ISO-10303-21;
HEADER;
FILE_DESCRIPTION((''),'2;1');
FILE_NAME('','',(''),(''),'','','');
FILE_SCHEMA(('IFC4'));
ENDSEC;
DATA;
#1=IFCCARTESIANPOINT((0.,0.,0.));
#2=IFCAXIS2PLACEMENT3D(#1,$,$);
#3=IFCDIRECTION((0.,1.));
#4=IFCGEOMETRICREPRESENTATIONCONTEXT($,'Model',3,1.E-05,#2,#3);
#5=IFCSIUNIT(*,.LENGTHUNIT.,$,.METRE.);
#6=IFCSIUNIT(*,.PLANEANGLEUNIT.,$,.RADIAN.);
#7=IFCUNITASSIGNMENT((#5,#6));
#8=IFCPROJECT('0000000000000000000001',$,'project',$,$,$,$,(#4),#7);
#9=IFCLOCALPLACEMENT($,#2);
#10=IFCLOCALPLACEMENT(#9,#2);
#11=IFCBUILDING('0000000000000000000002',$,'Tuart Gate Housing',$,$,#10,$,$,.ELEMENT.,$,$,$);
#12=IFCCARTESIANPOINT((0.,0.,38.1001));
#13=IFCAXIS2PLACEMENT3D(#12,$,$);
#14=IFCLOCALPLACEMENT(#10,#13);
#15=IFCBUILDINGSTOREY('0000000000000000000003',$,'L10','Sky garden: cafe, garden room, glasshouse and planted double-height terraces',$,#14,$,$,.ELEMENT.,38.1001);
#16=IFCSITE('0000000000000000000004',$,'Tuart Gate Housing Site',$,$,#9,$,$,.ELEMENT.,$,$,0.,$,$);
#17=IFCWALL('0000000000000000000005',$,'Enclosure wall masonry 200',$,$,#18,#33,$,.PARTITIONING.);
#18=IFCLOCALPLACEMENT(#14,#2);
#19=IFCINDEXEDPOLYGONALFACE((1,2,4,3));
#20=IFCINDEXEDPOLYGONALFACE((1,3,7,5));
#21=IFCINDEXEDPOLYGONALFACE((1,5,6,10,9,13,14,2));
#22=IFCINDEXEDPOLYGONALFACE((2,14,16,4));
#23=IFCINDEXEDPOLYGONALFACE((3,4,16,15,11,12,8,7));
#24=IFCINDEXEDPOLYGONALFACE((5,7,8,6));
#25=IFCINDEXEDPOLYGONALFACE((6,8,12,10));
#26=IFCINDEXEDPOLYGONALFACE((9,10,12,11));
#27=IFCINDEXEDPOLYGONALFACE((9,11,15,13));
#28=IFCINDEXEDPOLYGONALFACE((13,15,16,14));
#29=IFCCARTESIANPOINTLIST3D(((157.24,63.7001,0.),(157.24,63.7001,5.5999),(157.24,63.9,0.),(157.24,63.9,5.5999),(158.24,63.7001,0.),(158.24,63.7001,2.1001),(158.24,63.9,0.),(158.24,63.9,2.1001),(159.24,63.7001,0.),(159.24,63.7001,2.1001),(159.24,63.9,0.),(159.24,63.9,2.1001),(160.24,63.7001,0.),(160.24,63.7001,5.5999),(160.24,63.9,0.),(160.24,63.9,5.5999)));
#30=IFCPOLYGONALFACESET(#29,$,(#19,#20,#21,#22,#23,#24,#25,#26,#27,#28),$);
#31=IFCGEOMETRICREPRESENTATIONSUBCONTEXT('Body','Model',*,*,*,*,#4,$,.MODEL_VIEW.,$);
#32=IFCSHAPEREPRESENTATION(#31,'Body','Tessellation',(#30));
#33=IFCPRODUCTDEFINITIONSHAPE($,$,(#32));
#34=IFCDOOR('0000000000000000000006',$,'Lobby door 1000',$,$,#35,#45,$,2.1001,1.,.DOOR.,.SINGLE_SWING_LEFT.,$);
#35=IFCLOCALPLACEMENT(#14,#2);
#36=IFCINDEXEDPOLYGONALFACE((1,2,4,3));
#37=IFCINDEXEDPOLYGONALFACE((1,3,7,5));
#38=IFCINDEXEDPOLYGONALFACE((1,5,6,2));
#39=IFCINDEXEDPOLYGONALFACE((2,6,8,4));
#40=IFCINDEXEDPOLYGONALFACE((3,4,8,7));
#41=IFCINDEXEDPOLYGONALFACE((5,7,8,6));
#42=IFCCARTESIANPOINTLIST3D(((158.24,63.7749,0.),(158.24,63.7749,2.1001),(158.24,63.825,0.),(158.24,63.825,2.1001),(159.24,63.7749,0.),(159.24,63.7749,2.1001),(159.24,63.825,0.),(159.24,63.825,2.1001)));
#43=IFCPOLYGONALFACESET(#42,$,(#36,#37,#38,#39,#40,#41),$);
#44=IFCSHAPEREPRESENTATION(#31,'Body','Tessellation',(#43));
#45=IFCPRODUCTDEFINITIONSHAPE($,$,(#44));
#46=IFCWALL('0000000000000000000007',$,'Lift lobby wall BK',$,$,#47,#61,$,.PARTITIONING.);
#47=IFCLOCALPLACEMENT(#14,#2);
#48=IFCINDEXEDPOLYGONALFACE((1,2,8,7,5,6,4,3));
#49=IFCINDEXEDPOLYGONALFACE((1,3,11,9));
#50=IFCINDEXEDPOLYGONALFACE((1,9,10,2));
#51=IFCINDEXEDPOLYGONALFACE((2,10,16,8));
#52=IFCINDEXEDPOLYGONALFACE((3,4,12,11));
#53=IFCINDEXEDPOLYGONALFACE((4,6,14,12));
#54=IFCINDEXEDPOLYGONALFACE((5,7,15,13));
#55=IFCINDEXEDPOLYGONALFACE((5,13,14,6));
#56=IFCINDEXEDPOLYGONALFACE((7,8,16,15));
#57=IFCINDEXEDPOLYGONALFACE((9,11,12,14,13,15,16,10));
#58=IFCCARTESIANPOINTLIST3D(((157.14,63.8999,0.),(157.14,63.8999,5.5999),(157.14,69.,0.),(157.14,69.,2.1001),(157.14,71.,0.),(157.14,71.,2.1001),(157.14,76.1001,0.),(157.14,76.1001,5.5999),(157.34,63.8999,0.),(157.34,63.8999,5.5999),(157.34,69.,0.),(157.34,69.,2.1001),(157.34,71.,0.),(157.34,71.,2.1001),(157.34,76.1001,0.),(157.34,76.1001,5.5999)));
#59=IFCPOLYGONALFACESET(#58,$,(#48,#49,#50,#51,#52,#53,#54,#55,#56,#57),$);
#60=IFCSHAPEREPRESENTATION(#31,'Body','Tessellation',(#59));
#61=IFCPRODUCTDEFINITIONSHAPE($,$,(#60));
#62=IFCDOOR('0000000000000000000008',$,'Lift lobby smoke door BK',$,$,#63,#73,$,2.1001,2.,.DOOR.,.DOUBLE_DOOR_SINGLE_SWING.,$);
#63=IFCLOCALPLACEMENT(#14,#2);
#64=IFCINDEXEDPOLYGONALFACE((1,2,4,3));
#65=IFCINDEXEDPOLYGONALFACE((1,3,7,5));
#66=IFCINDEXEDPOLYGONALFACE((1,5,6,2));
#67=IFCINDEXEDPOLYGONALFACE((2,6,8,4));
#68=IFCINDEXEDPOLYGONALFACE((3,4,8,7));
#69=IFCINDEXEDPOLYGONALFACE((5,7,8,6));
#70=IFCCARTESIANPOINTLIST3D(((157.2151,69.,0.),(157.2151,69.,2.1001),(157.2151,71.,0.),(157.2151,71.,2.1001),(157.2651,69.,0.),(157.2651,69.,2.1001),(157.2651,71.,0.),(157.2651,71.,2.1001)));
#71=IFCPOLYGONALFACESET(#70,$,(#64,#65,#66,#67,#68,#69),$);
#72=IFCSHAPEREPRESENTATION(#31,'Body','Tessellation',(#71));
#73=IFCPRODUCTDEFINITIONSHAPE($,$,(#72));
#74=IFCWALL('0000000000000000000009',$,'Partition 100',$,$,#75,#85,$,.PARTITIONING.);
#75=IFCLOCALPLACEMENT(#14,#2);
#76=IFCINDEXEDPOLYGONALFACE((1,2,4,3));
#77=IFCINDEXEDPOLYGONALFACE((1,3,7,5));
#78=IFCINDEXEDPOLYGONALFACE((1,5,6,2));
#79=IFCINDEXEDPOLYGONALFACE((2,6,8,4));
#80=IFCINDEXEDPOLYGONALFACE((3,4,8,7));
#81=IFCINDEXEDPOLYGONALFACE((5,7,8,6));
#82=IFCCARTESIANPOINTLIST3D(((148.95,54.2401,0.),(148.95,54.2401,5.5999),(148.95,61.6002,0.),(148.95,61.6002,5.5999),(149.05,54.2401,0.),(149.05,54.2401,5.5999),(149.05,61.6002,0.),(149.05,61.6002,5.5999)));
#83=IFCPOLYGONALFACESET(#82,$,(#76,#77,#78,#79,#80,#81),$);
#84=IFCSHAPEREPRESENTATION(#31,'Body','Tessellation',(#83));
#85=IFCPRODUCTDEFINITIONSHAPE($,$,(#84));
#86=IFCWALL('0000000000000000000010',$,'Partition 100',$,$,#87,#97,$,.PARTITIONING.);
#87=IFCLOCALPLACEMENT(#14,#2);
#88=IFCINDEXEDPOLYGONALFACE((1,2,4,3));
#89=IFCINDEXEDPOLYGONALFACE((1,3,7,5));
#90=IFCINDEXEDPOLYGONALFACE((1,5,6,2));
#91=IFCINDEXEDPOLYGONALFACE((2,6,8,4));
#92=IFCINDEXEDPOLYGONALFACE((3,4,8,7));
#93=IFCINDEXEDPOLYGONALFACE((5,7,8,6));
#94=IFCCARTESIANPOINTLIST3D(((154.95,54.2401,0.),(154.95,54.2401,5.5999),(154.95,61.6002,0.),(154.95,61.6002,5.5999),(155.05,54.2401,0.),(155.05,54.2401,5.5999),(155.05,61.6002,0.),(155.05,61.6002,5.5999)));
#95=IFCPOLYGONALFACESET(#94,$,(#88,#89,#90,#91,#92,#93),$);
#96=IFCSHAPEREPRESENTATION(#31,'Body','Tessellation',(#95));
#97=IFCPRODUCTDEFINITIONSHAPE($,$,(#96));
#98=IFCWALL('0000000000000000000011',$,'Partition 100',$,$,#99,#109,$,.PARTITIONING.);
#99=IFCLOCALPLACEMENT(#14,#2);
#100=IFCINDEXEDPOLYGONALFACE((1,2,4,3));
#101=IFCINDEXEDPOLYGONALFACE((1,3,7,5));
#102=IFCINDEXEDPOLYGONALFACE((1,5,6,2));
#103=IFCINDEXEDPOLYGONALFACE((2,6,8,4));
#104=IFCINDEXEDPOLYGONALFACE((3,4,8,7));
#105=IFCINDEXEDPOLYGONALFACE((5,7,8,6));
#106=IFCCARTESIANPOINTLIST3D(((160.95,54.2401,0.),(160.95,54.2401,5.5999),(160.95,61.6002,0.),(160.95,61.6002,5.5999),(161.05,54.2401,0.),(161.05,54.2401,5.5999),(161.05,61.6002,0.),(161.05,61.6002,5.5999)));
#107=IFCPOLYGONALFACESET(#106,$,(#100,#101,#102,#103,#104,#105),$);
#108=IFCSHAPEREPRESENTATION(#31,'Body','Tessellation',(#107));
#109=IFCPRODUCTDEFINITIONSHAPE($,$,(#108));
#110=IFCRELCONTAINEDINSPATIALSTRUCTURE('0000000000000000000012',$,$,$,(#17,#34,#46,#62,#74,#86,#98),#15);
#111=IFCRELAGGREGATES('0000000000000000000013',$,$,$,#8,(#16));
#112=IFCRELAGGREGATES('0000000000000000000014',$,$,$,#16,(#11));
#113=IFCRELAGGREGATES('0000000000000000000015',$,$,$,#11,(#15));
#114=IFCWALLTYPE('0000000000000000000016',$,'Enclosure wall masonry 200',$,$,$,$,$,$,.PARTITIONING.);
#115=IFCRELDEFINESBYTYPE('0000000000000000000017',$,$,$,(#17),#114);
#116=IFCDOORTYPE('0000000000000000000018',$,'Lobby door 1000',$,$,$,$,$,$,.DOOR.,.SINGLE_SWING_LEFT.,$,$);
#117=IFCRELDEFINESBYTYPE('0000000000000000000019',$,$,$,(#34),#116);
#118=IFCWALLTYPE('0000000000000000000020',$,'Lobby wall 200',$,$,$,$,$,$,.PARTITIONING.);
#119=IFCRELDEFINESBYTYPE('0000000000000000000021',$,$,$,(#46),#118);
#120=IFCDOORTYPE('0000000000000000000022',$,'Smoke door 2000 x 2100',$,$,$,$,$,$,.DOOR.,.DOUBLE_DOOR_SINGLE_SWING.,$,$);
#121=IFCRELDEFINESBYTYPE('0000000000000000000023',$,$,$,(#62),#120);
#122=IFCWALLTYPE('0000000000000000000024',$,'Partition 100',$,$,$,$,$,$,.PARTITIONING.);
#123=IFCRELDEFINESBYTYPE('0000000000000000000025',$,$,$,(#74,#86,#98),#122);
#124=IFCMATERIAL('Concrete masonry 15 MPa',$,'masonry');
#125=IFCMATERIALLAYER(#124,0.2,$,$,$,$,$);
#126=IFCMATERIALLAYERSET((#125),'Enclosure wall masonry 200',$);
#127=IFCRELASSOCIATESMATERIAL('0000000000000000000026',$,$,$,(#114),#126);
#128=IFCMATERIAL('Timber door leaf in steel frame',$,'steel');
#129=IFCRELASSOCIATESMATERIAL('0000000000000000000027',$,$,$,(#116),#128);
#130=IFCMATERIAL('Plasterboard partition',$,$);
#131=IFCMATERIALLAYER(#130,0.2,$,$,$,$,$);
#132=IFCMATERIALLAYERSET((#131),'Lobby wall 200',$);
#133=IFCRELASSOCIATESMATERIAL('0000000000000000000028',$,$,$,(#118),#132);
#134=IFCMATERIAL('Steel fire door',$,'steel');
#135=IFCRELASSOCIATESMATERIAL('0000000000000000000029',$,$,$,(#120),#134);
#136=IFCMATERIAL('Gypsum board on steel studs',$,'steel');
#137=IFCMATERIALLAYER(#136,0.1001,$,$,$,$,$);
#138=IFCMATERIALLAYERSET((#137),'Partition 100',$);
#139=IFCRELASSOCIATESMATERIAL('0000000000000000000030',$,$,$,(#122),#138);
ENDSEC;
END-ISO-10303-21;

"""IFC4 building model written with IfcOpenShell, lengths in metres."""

from ifc_helpers import new_model, si_unit, direction, frame, frame_2d, origin, place, context, subcontext, project, spatial, rectangle, extrude, material, layer, layer_set, type_object, element, fill, save


model = new_model("IFC4")

# Units and contexts
model_context = context("Model", 3, precision=1e-05, world=origin(), true_north=direction((0.0, 1.0)))
body_context = subcontext(model_context, "Body", "Model", "MODEL_VIEW")
ifc_project = project(units=[si_unit("LENGTHUNIT", "METRE"), si_unit("PLANEANGLEUNIT", "RADIAN")], contexts=[model_context])

# Site, building, storey
site_placement = place(None, origin())
site = spatial("IfcSite", under=ifc_project, at=site_placement, Name="Tuart Gate Housing Site", CompositionType="ELEMENT", RefElevation=0.0)
building_placement = place(site_placement, origin())
building = spatial("IfcBuilding", under=site, at=building_placement, Name="Tuart Gate Housing", CompositionType="ELEMENT")
storey_placement = place(building_placement, frame((0.0, 0.0, 38.1001)))
storey = spatial("IfcBuildingStorey", under=building, at=storey_placement, Name="L10", Description="Sky garden: cafe, garden room, glasshouse and planted double-height terraces", CompositionType="ELEMENT", Elevation=38.1001)

# Walls, openings, doors
ifc_material_1 = material(Name="Concrete masonry 15 MPa", Category="masonry")
ifc_layer_1 = layer(ifc_material_1, 0.2)
ifc_layer_set_1 = layer_set([ifc_layer_1], Name="Enclosure wall masonry 200")
wall_type_1 = type_object("IfcWallType", Name="Enclosure wall masonry 200", PredefinedType="PARTITIONING", material=ifc_layer_set_1)
wall_1_placement = place(storey_placement, frame((157.24, 63.8, 0.0), z_axis=(0.0, 0.0, 1.0), x_axis=(1.0, 0.0, 0.0)))
wall_1 = element("IfcWall", 1, at=wall_1_placement, inside=storey, type_object=wall_type_1, Name="Enclosure wall masonry 200", PredefinedType="PARTITIONING", context=body_context, shape_type="SweptSolid", body=[
    extrude(rectangle(XDim=3.0, YDim=0.2, at=frame_2d((1.5, 0.0))), origin(), (0.0, 0.0, 1.0), 5.5999),
])
opening_1_placement = place(wall_1_placement, frame((1.0, 0.0, 0.0)))
opening_1 = element("IfcOpeningElement", 2, at=opening_1_placement, cuts=wall_1, PredefinedType="OPENING", context=body_context, shape_type="SweptSolid", body=[
    extrude(rectangle(XDim=1.0, YDim=2.1001, at=frame_2d((0.5, 1.05))), frame((0.0, 0.1099, 0.0), z_axis=(0.0, -1.0, 0.0), x_axis=(1.0, 0.0, 0.0)), (0.0, 0.0, 1.0), 0.22),
])
ifc_material_2 = material(Name="Timber door leaf in steel frame", Category="steel")
door_type_1 = type_object("IfcDoorType", Name="Lobby door 1000", OperationType="SINGLE_SWING_LEFT", PredefinedType="DOOR", material=ifc_material_2)
door_1_placement = place(opening_1_placement, origin())
door_1 = element("IfcDoor", 3, at=door_1_placement, inside=storey, type_object=door_type_1, Name="Lobby door 1000", OperationType="SINGLE_SWING_LEFT", OverallHeight=2.1001, OverallWidth=1.0, PredefinedType="DOOR", context=body_context, shape_type="SweptSolid", body=[
    extrude(rectangle(XDim=1.0, YDim=2.1001, at=frame_2d((0.5, 1.05))), frame((0.0, 0.0249, 0.0), z_axis=(0.0, -1.0, 0.0), x_axis=(1.0, 0.0, 0.0)), (0.0, 0.0, 1.0), 0.05),
])
fill(opening_1, door_1)
ifc_material_3 = material(Name="Plasterboard partition")
ifc_layer_2 = layer(ifc_material_3, 0.2)
ifc_layer_set_2 = layer_set([ifc_layer_2], Name="Lobby wall 200")
wall_type_2 = type_object("IfcWallType", Name="Lobby wall 200", PredefinedType="PARTITIONING", material=ifc_layer_set_2)
wall_2_placement = place(storey_placement, frame((157.24, 63.8999, 0.0), z_axis=(0.0, 0.0, 1.0), x_axis=(0.0, 1.0, 0.0)))
wall_2 = element("IfcWall", 4, at=wall_2_placement, inside=storey, type_object=wall_type_2, Name="Lift lobby wall BK", PredefinedType="PARTITIONING", context=body_context, shape_type="SweptSolid", body=[
    extrude(rectangle(XDim=12.2002, YDim=0.2, at=frame_2d((6.1001, 0.0))), origin(), (0.0, 0.0, 1.0), 5.5999),
])
opening_2_placement = place(wall_2_placement, frame((5.1001, 0.0, 0.0)))
opening_2 = element("IfcOpeningElement", 5, at=opening_2_placement, cuts=wall_2, PredefinedType="OPENING", context=body_context, shape_type="SweptSolid", body=[
    extrude(rectangle(XDim=2.0, YDim=2.1001, at=frame_2d((1.0, 1.05))), frame((0.0, 0.1099, 0.0), z_axis=(0.0, -1.0, 0.0), x_axis=(1.0, 0.0, 0.0)), (0.0, 0.0, 1.0), 0.22),
])
ifc_material_4 = material(Name="Steel fire door", Category="steel")
door_type_2 = type_object("IfcDoorType", Name="Smoke door 2000 x 2100", OperationType="DOUBLE_DOOR_SINGLE_SWING", PredefinedType="DOOR", material=ifc_material_4)
door_2_placement = place(opening_2_placement, origin())
door_2 = element("IfcDoor", 6, at=door_2_placement, inside=storey, type_object=door_type_2, Name="Lift lobby smoke door BK", OperationType="DOUBLE_DOOR_SINGLE_SWING", OverallHeight=2.1001, OverallWidth=2.0, PredefinedType="DOOR", context=body_context, shape_type="SweptSolid", body=[
    extrude(rectangle(XDim=2.0, YDim=2.1001, at=frame_2d((1.0, 1.05))), frame((0.0, 0.0249, 0.0), z_axis=(0.0, -1.0, 0.0), x_axis=(1.0, 0.0, 0.0)), (0.0, 0.0, 1.0), 0.05),
])
fill(opening_2, door_2)

# Walls
ifc_material_5 = material(Name="Gypsum board on steel studs", Category="steel")
ifc_layer_3 = layer(ifc_material_5, 0.1001)
ifc_layer_set_3 = layer_set([ifc_layer_3], Name="Partition 100")
wall_type_3 = type_object("IfcWallType", Name="Partition 100", PredefinedType="PARTITIONING", material=ifc_layer_set_3)
for number, where, z_axis, x_axis, name in (
    (7, (149.0, 54.24, 0.0), (0.0, 0.0, 1.0), (0.0, 1.0, 0.0), "Partition 100"),
    (8, (155.0, 54.24, 0.0), (0.0, 0.0, 1.0), (0.0, 1.0, 0.0), "Partition 100"),
    (9, (161.0, 54.24, 0.0), (0.0, 0.0, 1.0), (0.0, 1.0, 0.0), "Partition 100"),
):
    element("IfcWall", number, at=place(storey_placement, frame(where, z_axis=z_axis, x_axis=x_axis)), inside=storey, type_object=wall_type_3, Name=name, PredefinedType="PARTITIONING", context=body_context, shape_type="SweptSolid", body=[
        extrude(rectangle(XDim=7.3601, YDim=0.1001, at=frame_2d((3.6802, 0.0))), origin(), (0.0, 0.0, 1.0), 5.5999),
    ])

save(model, "model.ifc")
